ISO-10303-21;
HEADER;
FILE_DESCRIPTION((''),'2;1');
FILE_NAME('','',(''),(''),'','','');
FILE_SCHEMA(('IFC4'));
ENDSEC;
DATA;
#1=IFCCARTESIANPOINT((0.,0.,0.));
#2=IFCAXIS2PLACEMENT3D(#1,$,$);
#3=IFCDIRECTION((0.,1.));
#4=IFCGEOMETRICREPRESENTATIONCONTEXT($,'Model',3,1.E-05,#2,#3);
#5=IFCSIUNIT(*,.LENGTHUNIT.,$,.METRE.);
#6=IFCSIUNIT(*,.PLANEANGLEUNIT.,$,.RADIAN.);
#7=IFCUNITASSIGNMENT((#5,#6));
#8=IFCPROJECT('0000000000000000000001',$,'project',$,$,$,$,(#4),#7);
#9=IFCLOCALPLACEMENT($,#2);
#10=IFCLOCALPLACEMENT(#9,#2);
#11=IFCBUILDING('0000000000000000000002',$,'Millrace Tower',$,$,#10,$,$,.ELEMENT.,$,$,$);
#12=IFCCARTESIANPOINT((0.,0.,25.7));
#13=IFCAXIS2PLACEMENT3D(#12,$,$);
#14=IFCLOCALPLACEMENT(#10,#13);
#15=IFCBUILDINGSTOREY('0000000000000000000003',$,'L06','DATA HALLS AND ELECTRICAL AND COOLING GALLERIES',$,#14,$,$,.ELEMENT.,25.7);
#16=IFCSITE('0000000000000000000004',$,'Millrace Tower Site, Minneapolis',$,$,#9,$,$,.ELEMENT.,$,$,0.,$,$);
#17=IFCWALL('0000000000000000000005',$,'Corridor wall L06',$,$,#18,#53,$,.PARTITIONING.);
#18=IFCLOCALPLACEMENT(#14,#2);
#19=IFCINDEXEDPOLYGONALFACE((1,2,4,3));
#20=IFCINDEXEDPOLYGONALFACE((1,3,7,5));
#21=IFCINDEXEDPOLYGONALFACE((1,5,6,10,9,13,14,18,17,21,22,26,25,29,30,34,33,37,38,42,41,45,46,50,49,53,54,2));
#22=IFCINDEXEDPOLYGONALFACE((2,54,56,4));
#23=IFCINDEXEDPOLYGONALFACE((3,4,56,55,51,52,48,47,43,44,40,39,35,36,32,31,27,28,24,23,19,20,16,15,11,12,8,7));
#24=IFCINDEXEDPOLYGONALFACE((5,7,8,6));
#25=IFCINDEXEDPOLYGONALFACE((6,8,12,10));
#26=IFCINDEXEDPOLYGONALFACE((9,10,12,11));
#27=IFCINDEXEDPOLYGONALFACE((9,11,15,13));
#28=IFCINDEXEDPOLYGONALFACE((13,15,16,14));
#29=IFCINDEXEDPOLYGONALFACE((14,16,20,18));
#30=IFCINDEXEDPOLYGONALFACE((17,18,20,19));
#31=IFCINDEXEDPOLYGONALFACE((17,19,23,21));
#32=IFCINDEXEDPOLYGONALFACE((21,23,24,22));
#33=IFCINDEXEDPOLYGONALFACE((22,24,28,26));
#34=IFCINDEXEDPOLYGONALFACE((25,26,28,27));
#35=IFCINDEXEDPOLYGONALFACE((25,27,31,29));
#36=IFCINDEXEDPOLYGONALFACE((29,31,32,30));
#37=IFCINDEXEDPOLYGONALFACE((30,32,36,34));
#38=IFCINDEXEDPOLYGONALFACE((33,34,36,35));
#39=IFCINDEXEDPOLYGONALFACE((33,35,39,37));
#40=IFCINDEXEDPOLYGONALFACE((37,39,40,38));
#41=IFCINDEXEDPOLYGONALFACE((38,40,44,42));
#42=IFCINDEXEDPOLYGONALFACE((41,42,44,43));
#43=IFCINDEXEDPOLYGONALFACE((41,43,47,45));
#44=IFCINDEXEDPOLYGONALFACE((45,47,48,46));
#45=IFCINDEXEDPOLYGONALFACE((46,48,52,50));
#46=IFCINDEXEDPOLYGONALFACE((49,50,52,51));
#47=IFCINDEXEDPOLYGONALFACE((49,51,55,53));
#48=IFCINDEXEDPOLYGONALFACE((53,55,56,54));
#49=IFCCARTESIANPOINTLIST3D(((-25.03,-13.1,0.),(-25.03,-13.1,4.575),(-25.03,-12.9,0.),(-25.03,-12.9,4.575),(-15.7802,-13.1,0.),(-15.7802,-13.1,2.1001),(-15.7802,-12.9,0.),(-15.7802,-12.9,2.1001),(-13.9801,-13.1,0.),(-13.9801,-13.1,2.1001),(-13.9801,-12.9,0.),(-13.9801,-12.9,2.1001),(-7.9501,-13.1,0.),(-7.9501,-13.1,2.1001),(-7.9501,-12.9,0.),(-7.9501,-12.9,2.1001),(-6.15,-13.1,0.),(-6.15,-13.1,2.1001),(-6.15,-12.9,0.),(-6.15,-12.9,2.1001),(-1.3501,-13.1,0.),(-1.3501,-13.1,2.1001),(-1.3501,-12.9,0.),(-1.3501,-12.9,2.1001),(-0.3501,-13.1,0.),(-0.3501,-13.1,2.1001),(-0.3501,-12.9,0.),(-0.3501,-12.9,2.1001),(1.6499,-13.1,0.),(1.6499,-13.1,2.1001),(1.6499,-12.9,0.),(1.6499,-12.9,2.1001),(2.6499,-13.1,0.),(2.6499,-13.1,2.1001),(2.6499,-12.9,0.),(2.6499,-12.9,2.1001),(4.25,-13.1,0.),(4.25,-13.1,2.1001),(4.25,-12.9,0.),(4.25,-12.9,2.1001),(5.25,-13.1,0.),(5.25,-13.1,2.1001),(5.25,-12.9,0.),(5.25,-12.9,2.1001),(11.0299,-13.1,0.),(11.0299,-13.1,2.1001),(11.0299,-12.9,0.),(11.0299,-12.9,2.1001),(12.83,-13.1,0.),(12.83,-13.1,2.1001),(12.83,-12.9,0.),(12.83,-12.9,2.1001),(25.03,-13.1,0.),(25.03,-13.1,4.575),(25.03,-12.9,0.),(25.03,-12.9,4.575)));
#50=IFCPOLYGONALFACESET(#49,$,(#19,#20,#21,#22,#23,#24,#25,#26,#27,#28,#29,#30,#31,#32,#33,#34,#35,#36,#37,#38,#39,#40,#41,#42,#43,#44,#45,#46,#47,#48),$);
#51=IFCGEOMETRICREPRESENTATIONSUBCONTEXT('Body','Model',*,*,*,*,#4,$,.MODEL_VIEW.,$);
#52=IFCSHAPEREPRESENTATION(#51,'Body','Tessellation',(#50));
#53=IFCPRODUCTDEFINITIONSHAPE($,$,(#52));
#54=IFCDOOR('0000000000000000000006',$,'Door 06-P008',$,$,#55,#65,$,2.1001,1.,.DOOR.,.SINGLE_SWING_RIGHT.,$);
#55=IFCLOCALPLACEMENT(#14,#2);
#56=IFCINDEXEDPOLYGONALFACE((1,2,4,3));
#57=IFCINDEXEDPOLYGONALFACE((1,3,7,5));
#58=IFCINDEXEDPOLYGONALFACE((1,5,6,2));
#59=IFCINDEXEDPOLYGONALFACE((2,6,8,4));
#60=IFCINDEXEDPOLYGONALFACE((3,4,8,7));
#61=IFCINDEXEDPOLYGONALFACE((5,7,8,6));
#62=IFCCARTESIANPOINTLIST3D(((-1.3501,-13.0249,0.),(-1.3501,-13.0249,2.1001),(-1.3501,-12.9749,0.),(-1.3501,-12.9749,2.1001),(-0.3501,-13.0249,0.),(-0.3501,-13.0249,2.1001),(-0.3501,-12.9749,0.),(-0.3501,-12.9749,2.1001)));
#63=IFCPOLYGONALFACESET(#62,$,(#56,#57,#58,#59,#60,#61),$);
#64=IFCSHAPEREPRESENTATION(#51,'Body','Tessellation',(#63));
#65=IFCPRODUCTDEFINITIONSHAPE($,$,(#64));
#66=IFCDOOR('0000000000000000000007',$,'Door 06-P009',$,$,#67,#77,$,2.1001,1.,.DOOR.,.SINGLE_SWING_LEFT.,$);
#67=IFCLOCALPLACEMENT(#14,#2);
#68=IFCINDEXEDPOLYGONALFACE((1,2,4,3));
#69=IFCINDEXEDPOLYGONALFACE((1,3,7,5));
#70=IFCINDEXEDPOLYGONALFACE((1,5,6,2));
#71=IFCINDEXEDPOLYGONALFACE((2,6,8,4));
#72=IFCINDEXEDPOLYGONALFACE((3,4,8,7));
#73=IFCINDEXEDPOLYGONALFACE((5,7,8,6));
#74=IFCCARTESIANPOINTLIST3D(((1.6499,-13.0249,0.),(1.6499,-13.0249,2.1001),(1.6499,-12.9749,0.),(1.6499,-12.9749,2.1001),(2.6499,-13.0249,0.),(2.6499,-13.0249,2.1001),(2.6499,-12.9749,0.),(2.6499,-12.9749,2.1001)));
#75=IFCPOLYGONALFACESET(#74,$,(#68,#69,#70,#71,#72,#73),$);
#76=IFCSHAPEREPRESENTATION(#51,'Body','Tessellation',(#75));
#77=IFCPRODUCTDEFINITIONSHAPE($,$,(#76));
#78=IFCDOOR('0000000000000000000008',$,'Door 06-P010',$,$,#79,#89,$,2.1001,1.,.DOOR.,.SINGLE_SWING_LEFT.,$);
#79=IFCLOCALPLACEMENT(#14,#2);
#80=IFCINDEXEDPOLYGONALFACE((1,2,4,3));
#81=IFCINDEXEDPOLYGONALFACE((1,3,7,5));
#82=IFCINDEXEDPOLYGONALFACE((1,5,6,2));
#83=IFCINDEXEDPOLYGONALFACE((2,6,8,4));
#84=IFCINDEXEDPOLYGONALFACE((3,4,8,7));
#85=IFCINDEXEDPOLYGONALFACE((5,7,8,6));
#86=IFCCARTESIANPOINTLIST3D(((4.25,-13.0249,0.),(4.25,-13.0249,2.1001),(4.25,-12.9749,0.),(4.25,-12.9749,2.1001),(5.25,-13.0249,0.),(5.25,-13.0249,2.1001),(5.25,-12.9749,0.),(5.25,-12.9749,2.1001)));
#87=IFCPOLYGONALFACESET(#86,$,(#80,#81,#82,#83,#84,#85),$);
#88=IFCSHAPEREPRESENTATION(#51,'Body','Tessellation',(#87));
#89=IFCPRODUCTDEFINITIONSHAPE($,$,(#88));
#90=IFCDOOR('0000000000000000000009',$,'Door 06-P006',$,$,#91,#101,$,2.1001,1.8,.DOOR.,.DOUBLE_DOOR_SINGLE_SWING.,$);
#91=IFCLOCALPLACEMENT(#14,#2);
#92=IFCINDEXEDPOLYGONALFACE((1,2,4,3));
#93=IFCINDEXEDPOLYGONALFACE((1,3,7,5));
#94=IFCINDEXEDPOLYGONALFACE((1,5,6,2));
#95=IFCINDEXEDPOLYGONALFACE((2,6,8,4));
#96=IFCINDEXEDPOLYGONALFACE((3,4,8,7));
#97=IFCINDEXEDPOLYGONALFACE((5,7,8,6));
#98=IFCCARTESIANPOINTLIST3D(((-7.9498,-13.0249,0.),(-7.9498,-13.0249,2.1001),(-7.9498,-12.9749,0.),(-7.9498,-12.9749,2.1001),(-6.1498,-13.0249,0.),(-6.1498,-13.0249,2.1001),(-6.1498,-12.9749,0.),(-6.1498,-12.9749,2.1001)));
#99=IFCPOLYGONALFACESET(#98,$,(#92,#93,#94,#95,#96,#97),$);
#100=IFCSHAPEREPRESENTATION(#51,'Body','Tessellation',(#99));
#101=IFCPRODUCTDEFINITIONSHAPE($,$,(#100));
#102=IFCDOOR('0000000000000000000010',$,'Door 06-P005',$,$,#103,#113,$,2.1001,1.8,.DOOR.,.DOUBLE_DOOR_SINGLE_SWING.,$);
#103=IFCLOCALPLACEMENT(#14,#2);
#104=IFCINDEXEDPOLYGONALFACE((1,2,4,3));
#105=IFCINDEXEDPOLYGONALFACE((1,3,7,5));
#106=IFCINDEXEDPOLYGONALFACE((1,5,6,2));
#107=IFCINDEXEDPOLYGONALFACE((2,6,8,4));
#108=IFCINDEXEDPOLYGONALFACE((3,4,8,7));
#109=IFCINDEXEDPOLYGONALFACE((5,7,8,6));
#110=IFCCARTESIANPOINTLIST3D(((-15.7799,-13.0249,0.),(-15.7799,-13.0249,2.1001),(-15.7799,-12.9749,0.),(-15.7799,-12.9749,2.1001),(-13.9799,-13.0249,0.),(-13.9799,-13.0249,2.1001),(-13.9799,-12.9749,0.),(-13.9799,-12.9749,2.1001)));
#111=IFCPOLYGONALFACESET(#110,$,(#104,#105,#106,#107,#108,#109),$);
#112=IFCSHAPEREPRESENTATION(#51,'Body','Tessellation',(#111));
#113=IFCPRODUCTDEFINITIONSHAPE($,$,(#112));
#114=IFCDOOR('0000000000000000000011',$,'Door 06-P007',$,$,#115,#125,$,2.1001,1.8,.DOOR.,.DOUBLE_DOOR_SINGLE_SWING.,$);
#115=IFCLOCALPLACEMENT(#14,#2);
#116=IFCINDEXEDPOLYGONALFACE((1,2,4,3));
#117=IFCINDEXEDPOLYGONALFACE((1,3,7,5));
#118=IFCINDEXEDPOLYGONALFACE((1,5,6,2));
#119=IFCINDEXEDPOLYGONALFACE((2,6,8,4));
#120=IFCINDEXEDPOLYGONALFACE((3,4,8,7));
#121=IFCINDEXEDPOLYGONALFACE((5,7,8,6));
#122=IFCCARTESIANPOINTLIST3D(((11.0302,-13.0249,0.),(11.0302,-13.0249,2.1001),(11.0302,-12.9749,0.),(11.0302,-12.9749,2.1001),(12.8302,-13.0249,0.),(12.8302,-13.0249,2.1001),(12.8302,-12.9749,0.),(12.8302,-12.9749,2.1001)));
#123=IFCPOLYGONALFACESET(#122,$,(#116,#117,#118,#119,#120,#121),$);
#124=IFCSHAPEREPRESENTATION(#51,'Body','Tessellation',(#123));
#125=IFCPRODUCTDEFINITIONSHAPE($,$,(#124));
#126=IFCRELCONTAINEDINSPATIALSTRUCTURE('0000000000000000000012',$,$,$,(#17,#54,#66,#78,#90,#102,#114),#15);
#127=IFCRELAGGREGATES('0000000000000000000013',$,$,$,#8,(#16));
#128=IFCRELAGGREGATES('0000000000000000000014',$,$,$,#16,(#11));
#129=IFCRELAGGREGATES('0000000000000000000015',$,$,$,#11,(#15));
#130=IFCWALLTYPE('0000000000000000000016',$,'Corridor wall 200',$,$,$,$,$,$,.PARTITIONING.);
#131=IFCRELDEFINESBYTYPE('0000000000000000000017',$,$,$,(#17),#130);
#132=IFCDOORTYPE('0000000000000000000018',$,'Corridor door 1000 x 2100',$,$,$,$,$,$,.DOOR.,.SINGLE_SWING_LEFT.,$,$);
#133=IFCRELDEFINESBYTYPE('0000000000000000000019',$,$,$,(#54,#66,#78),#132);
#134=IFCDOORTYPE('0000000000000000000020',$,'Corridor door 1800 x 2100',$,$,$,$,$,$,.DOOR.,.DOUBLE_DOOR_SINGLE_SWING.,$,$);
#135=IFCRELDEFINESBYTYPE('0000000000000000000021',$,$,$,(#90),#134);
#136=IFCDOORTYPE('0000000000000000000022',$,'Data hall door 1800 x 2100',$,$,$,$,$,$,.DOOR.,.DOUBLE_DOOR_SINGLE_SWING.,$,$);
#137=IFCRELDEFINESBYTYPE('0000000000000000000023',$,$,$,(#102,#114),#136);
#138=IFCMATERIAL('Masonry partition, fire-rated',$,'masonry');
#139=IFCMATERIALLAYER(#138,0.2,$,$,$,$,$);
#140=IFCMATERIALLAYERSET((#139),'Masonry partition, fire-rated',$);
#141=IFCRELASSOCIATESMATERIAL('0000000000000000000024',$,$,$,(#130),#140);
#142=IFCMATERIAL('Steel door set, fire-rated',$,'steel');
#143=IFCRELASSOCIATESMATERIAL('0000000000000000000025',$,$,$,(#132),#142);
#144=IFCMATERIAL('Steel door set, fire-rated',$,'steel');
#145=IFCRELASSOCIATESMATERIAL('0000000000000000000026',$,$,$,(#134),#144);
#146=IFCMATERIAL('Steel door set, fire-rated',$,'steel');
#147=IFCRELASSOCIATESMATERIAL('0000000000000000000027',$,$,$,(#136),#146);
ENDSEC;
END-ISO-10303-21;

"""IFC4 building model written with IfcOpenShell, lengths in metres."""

from ifc_helpers import new_model, si_unit, direction, frame, frame_2d, origin, place, context, subcontext, project, spatial, rectangle, extrude, material, layer, layer_set, type_object, element, fill, save


model = new_model("IFC4")

# Units and contexts
model_context = context("Model", 3, precision=1e-05, world=origin(), true_north=direction((0.0, 1.0)))
body_context = subcontext(model_context, "Body", "Model", "MODEL_VIEW")
ifc_project = project(units=[si_unit("LENGTHUNIT", "METRE"), si_unit("PLANEANGLEUNIT", "RADIAN")], contexts=[model_context])

# Site, building, storey
site_placement = place(None, origin())
site = spatial("IfcSite", under=ifc_project, at=site_placement, Name="Millrace Tower Site, Minneapolis", CompositionType="ELEMENT", RefElevation=0.0)
building_placement = place(site_placement, origin())
building = spatial("IfcBuilding", under=site, at=building_placement, Name="Millrace Tower", CompositionType="ELEMENT")
storey_placement = place(building_placement, frame((0.0, 0.0, 25.7)))
storey = spatial("IfcBuildingStorey", under=building, at=storey_placement, Name="L06", Description="DATA HALLS AND ELECTRICAL AND COOLING GALLERIES", CompositionType="ELEMENT", Elevation=25.7)

# Wall, openings, doors
ifc_material_1 = material(Name="Masonry partition, fire-rated", Category="masonry")
ifc_layer_1 = layer(ifc_material_1, 0.2)
ifc_layer_set_1 = layer_set([ifc_layer_1], Name="Masonry partition, fire-rated")
wall_type = type_object("IfcWallType", Name="Corridor wall 200", PredefinedType="PARTITIONING", material=ifc_layer_set_1)
wall_placement = place(storey_placement, frame((-25.03, -13.0, 0.0), z_axis=(0.0, 0.0, 1.0), x_axis=(1.0, 0.0, 0.0)))
wall = element("IfcWall", 1, at=wall_placement, inside=storey, type_object=wall_type, Name="Corridor wall L06", PredefinedType="PARTITIONING", context=body_context, shape_type="SweptSolid", body=[
    extrude(rectangle(XDim=50.0601, YDim=0.2, at=frame_2d((25.03, 0.0))), origin(), (0.0, 0.0, 1.0), 4.575),
])
opening_1_placement = place(wall_placement, frame((9.25, 0.0, 0.0)))
opening_1 = element("IfcOpeningElement", 2, at=opening_1_placement, cuts=wall, PredefinedType="OPENING", context=body_context, shape_type="SweptSolid", body=[
    extrude(rectangle(XDim=1.8, YDim=2.1001, at=frame_2d((0.8999, 1.05))), frame((0.0, 0.1099, 0.0), z_axis=(0.0, -1.0, 0.0), x_axis=(1.0, 0.0, 0.0)), (0.0, 0.0, 1.0), 0.22),
])
opening_2_placement = place(wall_placement, frame((17.0801, 0.0, 0.0)))
opening_2 = element("IfcOpeningElement", 3, at=opening_2_placement, cuts=wall, PredefinedType="OPENING", context=body_context, shape_type="SweptSolid", body=[
    extrude(rectangle(XDim=1.8, YDim=2.1001, at=frame_2d((0.8999, 1.05))), frame((0.0, 0.1099, 0.0), z_axis=(0.0, -1.0, 0.0), x_axis=(1.0, 0.0, 0.0)), (0.0, 0.0, 1.0), 0.22),
])
opening_3_placement = place(wall_placement, frame((36.0601, 0.0, 0.0)))
opening_3 = element("IfcOpeningElement", 4, at=opening_3_placement, cuts=wall, PredefinedType="OPENING", context=body_context, shape_type="SweptSolid", body=[
    extrude(rectangle(XDim=1.8, YDim=2.1001, at=frame_2d((0.8999, 1.05))), frame((0.0, 0.1099, 0.0), z_axis=(0.0, -1.0, 0.0), x_axis=(1.0, 0.0, 0.0)), (0.0, 0.0, 1.0), 0.22),
])
opening_4_placement = place(wall_placement, frame((23.6799, 0.0, 0.0)))
opening_4 = element("IfcOpeningElement", 5, at=opening_4_placement, cuts=wall, PredefinedType="OPENING", context=body_context, shape_type="SweptSolid", body=[
    extrude(rectangle(XDim=1.0, YDim=2.1001, at=frame_2d((0.5, 1.05))), frame((0.0, 0.1099, 0.0), z_axis=(0.0, -1.0, 0.0), x_axis=(1.0, 0.0, 0.0)), (0.0, 0.0, 1.0), 0.22),
])
opening_5_placement = place(wall_placement, frame((26.6799, 0.0, 0.0)))
opening_5 = element("IfcOpeningElement", 6, at=opening_5_placement, cuts=wall, PredefinedType="OPENING", context=body_context, shape_type="SweptSolid", body=[
    extrude(rectangle(XDim=1.0, YDim=2.1001, at=frame_2d((0.5, 1.05))), frame((0.0, 0.1099, 0.0), z_axis=(0.0, -1.0, 0.0), x_axis=(1.0, 0.0, 0.0)), (0.0, 0.0, 1.0), 0.22),
])
opening_6_placement = place(wall_placement, frame((29.28, 0.0, 0.0)))
opening_6 = element("IfcOpeningElement", 7, at=opening_6_placement, cuts=wall, PredefinedType="OPENING", context=body_context, shape_type="SweptSolid", body=[
    extrude(rectangle(XDim=1.0, YDim=2.1001, at=frame_2d((0.5, 1.05))), frame((0.0, 0.1099, 0.0), z_axis=(0.0, -1.0, 0.0), x_axis=(1.0, 0.0, 0.0)), (0.0, 0.0, 1.0), 0.22),
])
ifc_material_2 = material(Name="Steel door set, fire-rated", Category="steel")
door_type_1 = type_object("IfcDoorType", Name="Corridor door 1000 x 2100", OperationType="SINGLE_SWING_LEFT", PredefinedType="DOOR", material=ifc_material_2)
door_1_placement = place(opening_4_placement, frame((1.0, 0.0, 0.0), z_axis=(0.0, 0.0, 1.0), x_axis=(-1.0, 0.0, 0.0)))
door_1 = element("IfcDoor", 8, at=door_1_placement, inside=storey, type_object=door_type_1, Name="Door 06-P008", OperationType="SINGLE_SWING_RIGHT", OverallHeight=2.1001, OverallWidth=1.0, PredefinedType="DOOR", context=body_context, shape_type="SweptSolid", body=[
    extrude(rectangle(XDim=1.0, YDim=2.1001, at=frame_2d((0.5, 1.05))), frame((0.0, 0.0249, 0.0), z_axis=(0.0, -1.0, 0.0), x_axis=(1.0, 0.0, 0.0)), (0.0, 0.0, 1.0), 0.05),
])
fill(opening_4, door_1)
door_2_placement = place(opening_5_placement, frame((1.0, 0.0, 0.0), z_axis=(0.0, 0.0, 1.0), x_axis=(-1.0, 0.0, 0.0)))
door_2 = element("IfcDoor", 9, at=door_2_placement, inside=storey, type_object=door_type_1, Name="Door 06-P009", OperationType="SINGLE_SWING_LEFT", OverallHeight=2.1001, OverallWidth=1.0, PredefinedType="DOOR", context=body_context, shape_type="SweptSolid", body=[
    extrude(rectangle(XDim=1.0, YDim=2.1001, at=frame_2d((0.5, 1.05))), frame((0.0, 0.0249, 0.0), z_axis=(0.0, -1.0, 0.0), x_axis=(1.0, 0.0, 0.0)), (0.0, 0.0, 1.0), 0.05),
])
fill(opening_5, door_2)
door_3_placement = place(opening_6_placement, frame((1.0, 0.0, 0.0), z_axis=(0.0, 0.0, 1.0), x_axis=(-1.0, 0.0, 0.0)))
door_3 = element("IfcDoor", 10, at=door_3_placement, inside=storey, type_object=door_type_1, Name="Door 06-P010", OperationType="SINGLE_SWING_LEFT", OverallHeight=2.1001, OverallWidth=1.0, PredefinedType="DOOR", context=body_context, shape_type="SweptSolid", body=[
    extrude(rectangle(XDim=1.0, YDim=2.1001, at=frame_2d((0.5, 1.05))), frame((0.0, 0.0249, 0.0), z_axis=(0.0, -1.0, 0.0), x_axis=(1.0, 0.0, 0.0)), (0.0, 0.0, 1.0), 0.05),
])
fill(opening_6, door_3)
ifc_material_3 = material(Name="Steel door set, fire-rated", Category="steel")
door_type_2 = type_object("IfcDoorType", Name="Corridor door 1800 x 2100", OperationType="DOUBLE_DOOR_SINGLE_SWING", PredefinedType="DOOR", material=ifc_material_3)
door_4_placement = place(opening_2_placement, frame((1.8, 0.0, 0.0), z_axis=(0.0, 0.0, 1.0), x_axis=(-1.0, 0.0, 0.0)))
door_4 = element("IfcDoor", 11, at=door_4_placement, inside=storey, type_object=door_type_2, Name="Door 06-P006", OperationType="DOUBLE_DOOR_SINGLE_SWING", OverallHeight=2.1001, OverallWidth=1.8, PredefinedType="DOOR", context=body_context, shape_type="SweptSolid", body=[
    extrude(rectangle(XDim=1.8, YDim=2.1001, at=frame_2d((0.8999, 1.05))), frame((0.0, 0.0249, 0.0), z_axis=(0.0, -1.0, 0.0), x_axis=(1.0, 0.0, 0.0)), (0.0, 0.0, 1.0), 0.05),
])
fill(opening_2, door_4)
ifc_material_4 = material(Name="Steel door set, fire-rated", Category="steel")
door_type_3 = type_object("IfcDoorType", Name="Data hall door 1800 x 2100", OperationType="DOUBLE_DOOR_SINGLE_SWING", PredefinedType="DOOR", material=ifc_material_4)
door_5_placement = place(opening_1_placement, frame((1.8, 0.0, 0.0), z_axis=(0.0, 0.0, 1.0), x_axis=(-1.0, 0.0, 0.0)))
door_5 = element("IfcDoor", 12, at=door_5_placement, inside=storey, type_object=door_type_3, Name="Door 06-P005", OperationType="DOUBLE_DOOR_SINGLE_SWING", OverallHeight=2.1001, OverallWidth=1.8, PredefinedType="DOOR", context=body_context, shape_type="SweptSolid", body=[
    extrude(rectangle(XDim=1.8, YDim=2.1001, at=frame_2d((0.8999, 1.05))), frame((0.0, 0.0249, 0.0), z_axis=(0.0, -1.0, 0.0), x_axis=(1.0, 0.0, 0.0)), (0.0, 0.0, 1.0), 0.05),
])
fill(opening_1, door_5)
door_6_placement = place(opening_3_placement, frame((1.8, 0.0, 0.0), z_axis=(0.0, 0.0, 1.0), x_axis=(-1.0, 0.0, 0.0)))
door_6 = element("IfcDoor", 13, at=door_6_placement, inside=storey, type_object=door_type_3, Name="Door 06-P007", OperationType="DOUBLE_DOOR_SINGLE_SWING", OverallHeight=2.1001, OverallWidth=1.8, PredefinedType="DOOR", context=body_context, shape_type="SweptSolid", body=[
    extrude(rectangle(XDim=1.8, YDim=2.1001, at=frame_2d((0.8999, 1.05))), frame((0.0, 0.0249, 0.0), z_axis=(0.0, -1.0, 0.0), x_axis=(1.0, 0.0, 0.0)), (0.0, 0.0, 1.0), 0.05),
])
fill(opening_3, door_6)

save(model, "model.ifc")
